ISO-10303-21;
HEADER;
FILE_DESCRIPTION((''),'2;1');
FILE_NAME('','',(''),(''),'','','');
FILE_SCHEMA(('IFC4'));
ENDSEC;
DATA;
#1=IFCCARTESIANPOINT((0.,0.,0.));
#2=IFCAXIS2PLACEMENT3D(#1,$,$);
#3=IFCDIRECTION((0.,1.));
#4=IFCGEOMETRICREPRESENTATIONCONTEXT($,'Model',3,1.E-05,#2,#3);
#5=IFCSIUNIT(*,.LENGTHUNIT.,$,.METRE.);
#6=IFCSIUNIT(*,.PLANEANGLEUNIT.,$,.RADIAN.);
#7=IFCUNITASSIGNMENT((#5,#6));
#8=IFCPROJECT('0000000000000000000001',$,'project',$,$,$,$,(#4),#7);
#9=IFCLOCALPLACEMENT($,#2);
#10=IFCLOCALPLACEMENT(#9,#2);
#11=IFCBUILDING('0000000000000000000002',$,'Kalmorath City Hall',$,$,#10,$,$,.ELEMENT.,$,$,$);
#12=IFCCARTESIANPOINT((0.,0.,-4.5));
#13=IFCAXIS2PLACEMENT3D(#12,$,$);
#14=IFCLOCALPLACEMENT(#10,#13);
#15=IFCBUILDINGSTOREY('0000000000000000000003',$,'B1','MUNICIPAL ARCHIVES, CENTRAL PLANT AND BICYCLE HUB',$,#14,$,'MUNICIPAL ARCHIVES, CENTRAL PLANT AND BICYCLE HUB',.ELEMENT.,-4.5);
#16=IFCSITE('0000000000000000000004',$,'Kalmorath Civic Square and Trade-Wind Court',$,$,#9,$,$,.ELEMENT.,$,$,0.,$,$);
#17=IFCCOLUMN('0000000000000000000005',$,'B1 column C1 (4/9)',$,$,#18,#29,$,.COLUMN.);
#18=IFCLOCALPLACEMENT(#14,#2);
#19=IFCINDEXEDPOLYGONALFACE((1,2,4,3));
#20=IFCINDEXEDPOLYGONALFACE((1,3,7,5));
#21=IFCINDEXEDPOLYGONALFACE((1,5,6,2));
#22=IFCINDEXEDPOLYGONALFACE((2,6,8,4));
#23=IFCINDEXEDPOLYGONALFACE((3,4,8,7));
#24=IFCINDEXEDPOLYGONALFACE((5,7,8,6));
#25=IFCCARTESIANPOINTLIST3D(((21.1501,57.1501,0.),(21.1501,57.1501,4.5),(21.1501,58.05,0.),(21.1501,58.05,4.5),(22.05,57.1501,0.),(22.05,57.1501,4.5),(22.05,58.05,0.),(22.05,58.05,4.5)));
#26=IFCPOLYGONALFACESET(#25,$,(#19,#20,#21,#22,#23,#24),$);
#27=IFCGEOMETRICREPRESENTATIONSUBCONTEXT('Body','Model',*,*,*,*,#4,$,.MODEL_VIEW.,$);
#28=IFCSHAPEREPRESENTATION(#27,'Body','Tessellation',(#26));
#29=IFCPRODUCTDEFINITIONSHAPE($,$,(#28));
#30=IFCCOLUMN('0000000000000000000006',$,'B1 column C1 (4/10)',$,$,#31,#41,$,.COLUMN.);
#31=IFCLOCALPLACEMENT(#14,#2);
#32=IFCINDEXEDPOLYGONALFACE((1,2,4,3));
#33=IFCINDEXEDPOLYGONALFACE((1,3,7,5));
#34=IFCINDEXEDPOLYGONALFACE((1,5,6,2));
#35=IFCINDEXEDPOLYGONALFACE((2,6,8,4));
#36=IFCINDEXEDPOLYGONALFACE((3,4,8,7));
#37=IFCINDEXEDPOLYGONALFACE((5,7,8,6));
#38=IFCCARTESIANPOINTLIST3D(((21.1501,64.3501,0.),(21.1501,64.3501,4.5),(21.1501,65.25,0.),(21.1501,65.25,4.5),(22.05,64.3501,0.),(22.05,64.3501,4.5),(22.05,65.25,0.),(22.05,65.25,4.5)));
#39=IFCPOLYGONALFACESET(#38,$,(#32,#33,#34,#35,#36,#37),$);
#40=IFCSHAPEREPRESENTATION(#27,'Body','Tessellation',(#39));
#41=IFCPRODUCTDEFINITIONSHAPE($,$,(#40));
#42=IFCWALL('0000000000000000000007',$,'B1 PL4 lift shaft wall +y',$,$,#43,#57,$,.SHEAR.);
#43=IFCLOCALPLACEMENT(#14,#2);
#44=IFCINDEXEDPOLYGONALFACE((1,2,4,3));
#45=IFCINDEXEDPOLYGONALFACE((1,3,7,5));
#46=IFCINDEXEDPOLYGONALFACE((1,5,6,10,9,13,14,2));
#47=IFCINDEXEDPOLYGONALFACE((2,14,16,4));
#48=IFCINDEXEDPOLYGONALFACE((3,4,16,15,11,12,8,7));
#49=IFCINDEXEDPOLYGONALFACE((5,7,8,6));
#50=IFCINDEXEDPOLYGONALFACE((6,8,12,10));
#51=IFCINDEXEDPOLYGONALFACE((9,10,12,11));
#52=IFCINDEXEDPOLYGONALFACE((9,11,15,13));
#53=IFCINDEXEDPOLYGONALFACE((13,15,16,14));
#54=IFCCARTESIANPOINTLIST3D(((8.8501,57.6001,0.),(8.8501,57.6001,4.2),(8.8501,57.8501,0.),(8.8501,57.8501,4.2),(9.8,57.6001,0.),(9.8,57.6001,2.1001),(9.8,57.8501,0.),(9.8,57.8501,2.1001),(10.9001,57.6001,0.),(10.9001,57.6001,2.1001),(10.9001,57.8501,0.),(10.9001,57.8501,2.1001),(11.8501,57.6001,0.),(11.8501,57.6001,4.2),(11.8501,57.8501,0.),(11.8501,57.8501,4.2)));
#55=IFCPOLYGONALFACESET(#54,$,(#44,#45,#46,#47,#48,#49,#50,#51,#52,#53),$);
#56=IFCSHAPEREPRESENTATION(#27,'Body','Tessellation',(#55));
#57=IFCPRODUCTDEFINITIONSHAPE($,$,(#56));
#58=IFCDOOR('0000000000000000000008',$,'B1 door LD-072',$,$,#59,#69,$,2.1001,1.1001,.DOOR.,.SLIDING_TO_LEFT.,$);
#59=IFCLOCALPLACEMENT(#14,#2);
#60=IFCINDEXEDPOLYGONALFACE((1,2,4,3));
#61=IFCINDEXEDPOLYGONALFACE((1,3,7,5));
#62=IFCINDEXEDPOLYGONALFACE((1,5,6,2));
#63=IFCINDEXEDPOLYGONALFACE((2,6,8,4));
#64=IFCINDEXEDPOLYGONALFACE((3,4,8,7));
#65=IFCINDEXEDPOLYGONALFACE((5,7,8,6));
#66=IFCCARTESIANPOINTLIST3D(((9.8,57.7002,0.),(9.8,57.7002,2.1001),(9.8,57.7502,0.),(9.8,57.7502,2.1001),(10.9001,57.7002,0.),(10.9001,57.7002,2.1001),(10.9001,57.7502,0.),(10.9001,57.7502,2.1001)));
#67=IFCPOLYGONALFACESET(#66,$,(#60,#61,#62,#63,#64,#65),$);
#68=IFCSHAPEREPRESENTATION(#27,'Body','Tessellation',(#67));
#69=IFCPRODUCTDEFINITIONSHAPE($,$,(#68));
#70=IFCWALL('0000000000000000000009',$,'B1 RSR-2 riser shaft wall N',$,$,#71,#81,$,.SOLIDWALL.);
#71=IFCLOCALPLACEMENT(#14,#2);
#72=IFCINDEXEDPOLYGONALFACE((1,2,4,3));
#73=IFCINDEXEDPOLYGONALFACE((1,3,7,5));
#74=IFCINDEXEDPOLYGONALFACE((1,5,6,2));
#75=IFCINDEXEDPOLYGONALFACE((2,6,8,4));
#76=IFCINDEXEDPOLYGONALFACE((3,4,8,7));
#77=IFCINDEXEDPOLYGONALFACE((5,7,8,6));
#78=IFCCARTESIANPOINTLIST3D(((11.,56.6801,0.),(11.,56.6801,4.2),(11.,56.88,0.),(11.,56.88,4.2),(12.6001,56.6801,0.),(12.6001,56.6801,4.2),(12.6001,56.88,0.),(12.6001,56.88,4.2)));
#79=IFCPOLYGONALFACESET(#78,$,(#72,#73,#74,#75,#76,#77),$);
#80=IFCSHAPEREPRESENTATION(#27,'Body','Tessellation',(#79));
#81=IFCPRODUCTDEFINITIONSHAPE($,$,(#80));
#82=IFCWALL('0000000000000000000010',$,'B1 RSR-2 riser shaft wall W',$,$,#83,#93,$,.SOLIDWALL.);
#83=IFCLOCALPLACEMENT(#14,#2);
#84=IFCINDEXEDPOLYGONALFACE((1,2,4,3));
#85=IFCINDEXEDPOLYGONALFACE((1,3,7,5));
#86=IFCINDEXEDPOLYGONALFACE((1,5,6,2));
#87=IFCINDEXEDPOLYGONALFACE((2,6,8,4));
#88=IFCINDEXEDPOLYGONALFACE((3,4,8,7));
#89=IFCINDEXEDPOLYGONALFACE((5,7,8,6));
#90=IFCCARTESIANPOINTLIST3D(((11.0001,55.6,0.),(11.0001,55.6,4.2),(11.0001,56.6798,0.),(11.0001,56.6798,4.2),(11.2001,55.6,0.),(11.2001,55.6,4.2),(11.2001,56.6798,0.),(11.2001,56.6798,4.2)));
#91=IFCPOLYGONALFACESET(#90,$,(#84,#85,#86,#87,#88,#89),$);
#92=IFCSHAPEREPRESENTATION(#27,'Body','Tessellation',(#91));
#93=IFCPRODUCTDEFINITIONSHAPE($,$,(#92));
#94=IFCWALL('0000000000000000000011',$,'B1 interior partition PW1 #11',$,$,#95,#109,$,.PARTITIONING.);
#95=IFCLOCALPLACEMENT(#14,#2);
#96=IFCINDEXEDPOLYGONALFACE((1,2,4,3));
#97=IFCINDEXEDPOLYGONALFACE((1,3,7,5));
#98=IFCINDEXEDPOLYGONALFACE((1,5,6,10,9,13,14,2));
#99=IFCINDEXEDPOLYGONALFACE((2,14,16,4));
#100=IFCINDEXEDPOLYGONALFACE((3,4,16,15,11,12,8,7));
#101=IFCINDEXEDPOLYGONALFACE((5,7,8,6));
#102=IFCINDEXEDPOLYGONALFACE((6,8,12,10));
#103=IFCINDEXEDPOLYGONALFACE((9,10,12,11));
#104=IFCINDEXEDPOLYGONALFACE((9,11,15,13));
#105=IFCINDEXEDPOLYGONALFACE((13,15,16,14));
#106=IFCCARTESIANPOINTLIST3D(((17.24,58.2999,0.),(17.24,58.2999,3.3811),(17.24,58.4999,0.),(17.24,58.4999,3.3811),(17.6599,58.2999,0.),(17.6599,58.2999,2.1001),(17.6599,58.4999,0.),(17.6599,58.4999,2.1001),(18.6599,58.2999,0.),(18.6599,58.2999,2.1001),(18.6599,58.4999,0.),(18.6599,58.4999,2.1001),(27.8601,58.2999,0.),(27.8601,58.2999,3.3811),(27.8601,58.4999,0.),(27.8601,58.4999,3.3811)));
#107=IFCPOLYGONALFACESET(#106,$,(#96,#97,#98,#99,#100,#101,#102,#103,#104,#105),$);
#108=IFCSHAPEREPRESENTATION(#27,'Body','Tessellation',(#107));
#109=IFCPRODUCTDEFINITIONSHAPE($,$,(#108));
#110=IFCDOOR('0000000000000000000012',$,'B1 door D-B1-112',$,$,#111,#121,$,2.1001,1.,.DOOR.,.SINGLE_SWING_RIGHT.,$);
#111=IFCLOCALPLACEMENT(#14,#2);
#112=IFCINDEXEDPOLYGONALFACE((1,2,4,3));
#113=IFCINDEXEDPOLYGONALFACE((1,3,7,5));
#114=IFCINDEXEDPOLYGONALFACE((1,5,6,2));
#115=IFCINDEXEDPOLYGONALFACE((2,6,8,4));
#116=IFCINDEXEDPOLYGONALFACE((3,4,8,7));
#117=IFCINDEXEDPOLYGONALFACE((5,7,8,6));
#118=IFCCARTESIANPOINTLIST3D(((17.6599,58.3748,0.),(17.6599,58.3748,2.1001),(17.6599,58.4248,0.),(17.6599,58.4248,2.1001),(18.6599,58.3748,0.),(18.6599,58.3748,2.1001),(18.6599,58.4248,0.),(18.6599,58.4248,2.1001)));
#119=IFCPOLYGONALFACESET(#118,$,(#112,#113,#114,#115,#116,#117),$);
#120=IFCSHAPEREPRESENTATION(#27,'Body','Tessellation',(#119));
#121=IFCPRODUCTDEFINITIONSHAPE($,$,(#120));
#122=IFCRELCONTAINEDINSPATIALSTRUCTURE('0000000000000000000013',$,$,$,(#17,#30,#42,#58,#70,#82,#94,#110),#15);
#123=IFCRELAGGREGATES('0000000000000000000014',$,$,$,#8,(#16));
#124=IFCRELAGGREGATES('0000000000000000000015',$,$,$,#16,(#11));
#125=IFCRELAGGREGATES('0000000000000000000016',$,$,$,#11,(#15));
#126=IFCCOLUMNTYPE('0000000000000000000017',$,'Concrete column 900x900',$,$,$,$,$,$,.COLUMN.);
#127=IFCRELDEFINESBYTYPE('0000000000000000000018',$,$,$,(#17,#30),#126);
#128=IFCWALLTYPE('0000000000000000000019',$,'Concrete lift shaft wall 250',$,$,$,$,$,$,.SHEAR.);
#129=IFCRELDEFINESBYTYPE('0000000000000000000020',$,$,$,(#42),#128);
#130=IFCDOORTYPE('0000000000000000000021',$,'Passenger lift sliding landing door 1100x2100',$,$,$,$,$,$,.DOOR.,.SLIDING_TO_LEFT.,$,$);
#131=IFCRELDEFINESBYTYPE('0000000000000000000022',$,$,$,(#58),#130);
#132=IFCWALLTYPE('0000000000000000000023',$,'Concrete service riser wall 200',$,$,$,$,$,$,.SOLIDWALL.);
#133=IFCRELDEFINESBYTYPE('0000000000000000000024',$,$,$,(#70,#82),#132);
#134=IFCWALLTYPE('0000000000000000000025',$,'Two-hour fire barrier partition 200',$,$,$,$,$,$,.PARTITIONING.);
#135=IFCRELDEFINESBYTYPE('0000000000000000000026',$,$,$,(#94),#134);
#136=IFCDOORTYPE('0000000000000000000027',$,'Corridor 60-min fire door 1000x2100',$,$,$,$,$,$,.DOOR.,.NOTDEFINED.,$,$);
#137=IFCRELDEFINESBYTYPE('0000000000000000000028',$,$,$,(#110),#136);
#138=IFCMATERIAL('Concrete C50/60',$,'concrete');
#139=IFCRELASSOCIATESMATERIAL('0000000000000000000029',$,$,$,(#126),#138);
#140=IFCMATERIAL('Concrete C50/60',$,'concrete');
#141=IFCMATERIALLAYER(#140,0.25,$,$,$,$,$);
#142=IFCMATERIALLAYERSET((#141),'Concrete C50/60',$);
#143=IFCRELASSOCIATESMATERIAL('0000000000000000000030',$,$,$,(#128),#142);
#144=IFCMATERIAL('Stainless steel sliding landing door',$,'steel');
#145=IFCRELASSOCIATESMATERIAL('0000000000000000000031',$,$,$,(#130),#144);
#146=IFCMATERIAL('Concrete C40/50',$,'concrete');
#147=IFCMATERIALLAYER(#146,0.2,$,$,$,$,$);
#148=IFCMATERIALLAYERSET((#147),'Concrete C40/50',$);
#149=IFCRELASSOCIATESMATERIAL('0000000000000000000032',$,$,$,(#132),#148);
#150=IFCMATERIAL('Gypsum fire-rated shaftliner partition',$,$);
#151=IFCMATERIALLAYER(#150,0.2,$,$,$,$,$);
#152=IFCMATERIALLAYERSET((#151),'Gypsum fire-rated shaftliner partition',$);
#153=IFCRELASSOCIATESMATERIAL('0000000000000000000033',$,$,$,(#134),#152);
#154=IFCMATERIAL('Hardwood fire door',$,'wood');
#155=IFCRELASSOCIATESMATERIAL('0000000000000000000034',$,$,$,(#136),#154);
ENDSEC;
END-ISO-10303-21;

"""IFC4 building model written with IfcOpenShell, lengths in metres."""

from ifc_helpers import new_model, si_unit, direction, frame, frame_2d, origin, origin_2d, place, context, subcontext, project, spatial, rectangle, extrude, material, layer, layer_set, material_profile, profile_set, type_object, element, fill, save


model = new_model("IFC4")

# Units and contexts
model_context = context("Model", 3, precision=1e-05, world=origin(), true_north=direction((0.0, 1.0)))
body_context = subcontext(model_context, "Body", "Model", "MODEL_VIEW")
ifc_project = project(units=[si_unit("LENGTHUNIT", "METRE"), si_unit("PLANEANGLEUNIT", "RADIAN")], contexts=[model_context])

# Site, building, storey
site_placement = place(None, origin())
site = spatial("IfcSite", under=ifc_project, at=site_placement, Name="Kalmorath Civic Square and Trade-Wind Court", CompositionType="ELEMENT", RefElevation=0.0)
building_placement = place(site_placement, origin())
building = spatial("IfcBuilding", under=site, at=building_placement, Name="Kalmorath City Hall", CompositionType="ELEMENT")
storey_placement = place(building_placement, frame((0.0, 0.0, -4.5)))
storey = spatial("IfcBuildingStorey", under=building, at=storey_placement, Name="B1", Description="MUNICIPAL ARCHIVES, CENTRAL PLANT AND BICYCLE HUB", LongName="MUNICIPAL ARCHIVES, CENTRAL PLANT AND BICYCLE HUB", CompositionType="ELEMENT", Elevation=-4.5)

# Columns
ifc_material_1 = material(Name="Concrete C50/60", Category="concrete")
ifc_material_profile_1 = material_profile(ifc_material_1, rectangle(XDim=0.8999, YDim=0.8999, at=origin_2d()), Name="RC-COL-900X900")
ifc_profile_set_1 = profile_set([ifc_material_profile_1], Name="Concrete C50/60")
column_type = type_object("IfcColumnType", Name="Concrete column 900x900", PredefinedType="COLUMN", material=ifc_profile_set_1)
for number, where, z_axis, x_axis, name in (
    (1, (21.6001, 57.6001, 0.0), (0.0, 0.0, 1.0), (1.0, 0.0, 0.0), "B1 column C1 (4/9)"),
    (2, (21.6001, 64.8, 0.0), (0.0, 0.0, 1.0), (1.0, 0.0, 0.0), "B1 column C1 (4/10)"),
):
    element("IfcColumn", number, at=place(storey_placement, frame(where, z_axis=z_axis, x_axis=x_axis)), inside=storey, type_object=column_type, Name=name, PredefinedType="COLUMN", context=body_context, shape_type="SweptSolid", body=[
        extrude(rectangle(XDim=0.8999, YDim=0.8999, at=origin_2d()), origin(), (0.0, 0.0, 1.0), 4.5),
    ])

# Wall, opening, door
ifc_material_2 = material(Name="Concrete C50/60", Category="concrete")
ifc_layer_1 = layer(ifc_material_2, 0.25)
ifc_layer_set_1 = layer_set([ifc_layer_1], Name="Concrete C50/60")
wall_type_1 = type_object("IfcWallType", Name="Concrete lift shaft wall 250", PredefinedType="SHEAR", material=ifc_layer_set_1)
wall_1_placement = place(storey_placement, frame((11.8501, 57.7251, 0.0), z_axis=(0.0, 0.0, 1.0), x_axis=(-1.0, 0.0, 0.0)))
wall_1 = element("IfcWall", 3, at=wall_1_placement, inside=storey, type_object=wall_type_1, Name="B1 PL4 lift shaft wall +y", PredefinedType="SHEAR", context=body_context, shape_type="SweptSolid", body=[
    extrude(rectangle(XDim=3.0, YDim=0.25, at=frame_2d((1.5, 0.0))), origin(), (0.0, 0.0, 1.0), 4.2),
])
opening_1_placement = place(wall_1_placement, frame((0.95, 0.0, 0.0)))
opening_1 = element("IfcOpeningElement", 4, at=opening_1_placement, cuts=wall_1, PredefinedType="OPENING", context=body_context, shape_type="SweptSolid", body=[
    extrude(rectangle(XDim=1.1001, YDim=2.1001, at=frame_2d((0.55, 1.05))), frame((0.0, 0.135, 0.0), z_axis=(0.0, -1.0, 0.0), x_axis=(1.0, 0.0, 0.0)), (0.0, 0.0, 1.0), 0.27),
])
ifc_material_3 = material(Name="Stainless steel sliding landing door", Category="steel")
door_type_1 = type_object("IfcDoorType", Name="Passenger lift sliding landing door 1100x2100", OperationType="SLIDING_TO_LEFT", PredefinedType="DOOR", material=ifc_material_3)
door_1_placement = place(opening_1_placement, origin())
door_1 = element("IfcDoor", 5, at=door_1_placement, inside=storey, type_object=door_type_1, Name="B1 door LD-072", OperationType="SLIDING_TO_LEFT", OverallHeight=2.1001, OverallWidth=1.1001, PredefinedType="DOOR", context=body_context, shape_type="SweptSolid", body=[
    extrude(rectangle(XDim=1.1001, YDim=2.1001, at=frame_2d((0.55, 1.05))), frame((0.0, 0.0249, 0.0), z_axis=(0.0, -1.0, 0.0), x_axis=(1.0, 0.0, 0.0)), (0.0, 0.0, 1.0), 0.05),
])
fill(opening_1, door_1)

# Walls
ifc_material_4 = material(Name="Concrete C40/50", Category="concrete")
ifc_layer_2 = layer(ifc_material_4, 0.2)
ifc_layer_set_2 = layer_set([ifc_layer_2], Name="Concrete C40/50")
wall_type_2 = type_object("IfcWallType", Name="Concrete service riser wall 200", PredefinedType="SOLIDWALL", material=ifc_layer_set_2)
wall_2_placement = place(storey_placement, frame((12.6001, 56.78, 0.0), z_axis=(0.0, 0.0, 1.0), x_axis=(-1.0, 0.0, 0.0)))
element("IfcWall", 6, at=wall_2_placement, inside=storey, type_object=wall_type_2, Name="B1 RSR-2 riser shaft wall N", PredefinedType="SOLIDWALL", context=body_context, shape_type="SweptSolid", body=[
    extrude(rectangle(XDim=1.6001, YDim=0.2, at=frame_2d((0.8, 0.0))), origin(), (0.0, 0.0, 1.0), 4.2),
])
wall_3_placement = place(storey_placement, frame((11.1001, 56.6799, 0.0), z_axis=(0.0, 0.0, 1.0), x_axis=(0.0, -1.0, 0.0)))
element("IfcWall", 7, at=wall_3_placement, inside=storey, type_object=wall_type_2, Name="B1 RSR-2 riser shaft wall W", PredefinedType="SOLIDWALL", context=body_context, shape_type="SweptSolid", body=[
    extrude(rectangle(XDim=1.0798, YDim=0.2, at=frame_2d((0.54, 0.0))), origin(), (0.0, 0.0, 1.0), 4.2),
])

# Wall, opening, door
ifc_material_5 = material(Name="Gypsum fire-rated shaftliner partition")
ifc_layer_3 = layer(ifc_material_5, 0.2)
ifc_layer_set_3 = layer_set([ifc_layer_3], Name="Gypsum fire-rated shaftliner partition")
wall_type_3 = type_object("IfcWallType", Name="Two-hour fire barrier partition 200", PredefinedType="PARTITIONING", material=ifc_layer_set_3)
wall_4_placement = place(storey_placement, frame((17.24, 58.3999, 0.0), z_axis=(0.0, 0.0, 1.0), x_axis=(1.0, 0.0, 0.0)))
wall_4 = element("IfcWall", 8, at=wall_4_placement, inside=storey, type_object=wall_type_3, Name="B1 interior partition PW1 #11", PredefinedType="PARTITIONING", context=body_context, shape_type="SweptSolid", body=[
    extrude(rectangle(XDim=10.6201, YDim=0.2, at=frame_2d((5.3101, 0.0))), origin(), (0.0, 0.0, 1.0), 3.3811),
])
opening_2_placement = place(wall_4_placement, frame((0.4199, 0.0, 0.0)))
opening_2 = element("IfcOpeningElement", 9, at=opening_2_placement, cuts=wall_4, PredefinedType="OPENING", context=body_context, shape_type="SweptSolid", body=[
    extrude(rectangle(XDim=1.0, YDim=2.1001, at=frame_2d((0.5, 1.05))), frame((0.0, 0.1099, 0.0), z_axis=(0.0, -1.0, 0.0), x_axis=(1.0, 0.0, 0.0)), (0.0, 0.0, 1.0), 0.22),
])
ifc_material_6 = material(Name="Hardwood fire door", Category="wood")
door_type_2 = type_object("IfcDoorType", Name="Corridor 60-min fire door 1000x2100", OperationType="NOTDEFINED", PredefinedType="DOOR", material=ifc_material_6)
door_2_placement = place(opening_2_placement, origin())
door_2 = element("IfcDoor", 10, at=door_2_placement, inside=storey, type_object=door_type_2, Name="B1 door D-B1-112", OperationType="SINGLE_SWING_RIGHT", OverallHeight=2.1001, OverallWidth=1.0, PredefinedType="DOOR", context=body_context, shape_type="SweptSolid", body=[
    extrude(rectangle(XDim=1.0, YDim=2.1001, at=frame_2d((0.5, 1.05))), frame((0.0, 0.0249, 0.0), z_axis=(0.0, -1.0, 0.0), x_axis=(1.0, 0.0, 0.0)), (0.0, 0.0, 1.0), 0.05),
])
fill(opening_2, door_2)

save(model, "model.ifc")
